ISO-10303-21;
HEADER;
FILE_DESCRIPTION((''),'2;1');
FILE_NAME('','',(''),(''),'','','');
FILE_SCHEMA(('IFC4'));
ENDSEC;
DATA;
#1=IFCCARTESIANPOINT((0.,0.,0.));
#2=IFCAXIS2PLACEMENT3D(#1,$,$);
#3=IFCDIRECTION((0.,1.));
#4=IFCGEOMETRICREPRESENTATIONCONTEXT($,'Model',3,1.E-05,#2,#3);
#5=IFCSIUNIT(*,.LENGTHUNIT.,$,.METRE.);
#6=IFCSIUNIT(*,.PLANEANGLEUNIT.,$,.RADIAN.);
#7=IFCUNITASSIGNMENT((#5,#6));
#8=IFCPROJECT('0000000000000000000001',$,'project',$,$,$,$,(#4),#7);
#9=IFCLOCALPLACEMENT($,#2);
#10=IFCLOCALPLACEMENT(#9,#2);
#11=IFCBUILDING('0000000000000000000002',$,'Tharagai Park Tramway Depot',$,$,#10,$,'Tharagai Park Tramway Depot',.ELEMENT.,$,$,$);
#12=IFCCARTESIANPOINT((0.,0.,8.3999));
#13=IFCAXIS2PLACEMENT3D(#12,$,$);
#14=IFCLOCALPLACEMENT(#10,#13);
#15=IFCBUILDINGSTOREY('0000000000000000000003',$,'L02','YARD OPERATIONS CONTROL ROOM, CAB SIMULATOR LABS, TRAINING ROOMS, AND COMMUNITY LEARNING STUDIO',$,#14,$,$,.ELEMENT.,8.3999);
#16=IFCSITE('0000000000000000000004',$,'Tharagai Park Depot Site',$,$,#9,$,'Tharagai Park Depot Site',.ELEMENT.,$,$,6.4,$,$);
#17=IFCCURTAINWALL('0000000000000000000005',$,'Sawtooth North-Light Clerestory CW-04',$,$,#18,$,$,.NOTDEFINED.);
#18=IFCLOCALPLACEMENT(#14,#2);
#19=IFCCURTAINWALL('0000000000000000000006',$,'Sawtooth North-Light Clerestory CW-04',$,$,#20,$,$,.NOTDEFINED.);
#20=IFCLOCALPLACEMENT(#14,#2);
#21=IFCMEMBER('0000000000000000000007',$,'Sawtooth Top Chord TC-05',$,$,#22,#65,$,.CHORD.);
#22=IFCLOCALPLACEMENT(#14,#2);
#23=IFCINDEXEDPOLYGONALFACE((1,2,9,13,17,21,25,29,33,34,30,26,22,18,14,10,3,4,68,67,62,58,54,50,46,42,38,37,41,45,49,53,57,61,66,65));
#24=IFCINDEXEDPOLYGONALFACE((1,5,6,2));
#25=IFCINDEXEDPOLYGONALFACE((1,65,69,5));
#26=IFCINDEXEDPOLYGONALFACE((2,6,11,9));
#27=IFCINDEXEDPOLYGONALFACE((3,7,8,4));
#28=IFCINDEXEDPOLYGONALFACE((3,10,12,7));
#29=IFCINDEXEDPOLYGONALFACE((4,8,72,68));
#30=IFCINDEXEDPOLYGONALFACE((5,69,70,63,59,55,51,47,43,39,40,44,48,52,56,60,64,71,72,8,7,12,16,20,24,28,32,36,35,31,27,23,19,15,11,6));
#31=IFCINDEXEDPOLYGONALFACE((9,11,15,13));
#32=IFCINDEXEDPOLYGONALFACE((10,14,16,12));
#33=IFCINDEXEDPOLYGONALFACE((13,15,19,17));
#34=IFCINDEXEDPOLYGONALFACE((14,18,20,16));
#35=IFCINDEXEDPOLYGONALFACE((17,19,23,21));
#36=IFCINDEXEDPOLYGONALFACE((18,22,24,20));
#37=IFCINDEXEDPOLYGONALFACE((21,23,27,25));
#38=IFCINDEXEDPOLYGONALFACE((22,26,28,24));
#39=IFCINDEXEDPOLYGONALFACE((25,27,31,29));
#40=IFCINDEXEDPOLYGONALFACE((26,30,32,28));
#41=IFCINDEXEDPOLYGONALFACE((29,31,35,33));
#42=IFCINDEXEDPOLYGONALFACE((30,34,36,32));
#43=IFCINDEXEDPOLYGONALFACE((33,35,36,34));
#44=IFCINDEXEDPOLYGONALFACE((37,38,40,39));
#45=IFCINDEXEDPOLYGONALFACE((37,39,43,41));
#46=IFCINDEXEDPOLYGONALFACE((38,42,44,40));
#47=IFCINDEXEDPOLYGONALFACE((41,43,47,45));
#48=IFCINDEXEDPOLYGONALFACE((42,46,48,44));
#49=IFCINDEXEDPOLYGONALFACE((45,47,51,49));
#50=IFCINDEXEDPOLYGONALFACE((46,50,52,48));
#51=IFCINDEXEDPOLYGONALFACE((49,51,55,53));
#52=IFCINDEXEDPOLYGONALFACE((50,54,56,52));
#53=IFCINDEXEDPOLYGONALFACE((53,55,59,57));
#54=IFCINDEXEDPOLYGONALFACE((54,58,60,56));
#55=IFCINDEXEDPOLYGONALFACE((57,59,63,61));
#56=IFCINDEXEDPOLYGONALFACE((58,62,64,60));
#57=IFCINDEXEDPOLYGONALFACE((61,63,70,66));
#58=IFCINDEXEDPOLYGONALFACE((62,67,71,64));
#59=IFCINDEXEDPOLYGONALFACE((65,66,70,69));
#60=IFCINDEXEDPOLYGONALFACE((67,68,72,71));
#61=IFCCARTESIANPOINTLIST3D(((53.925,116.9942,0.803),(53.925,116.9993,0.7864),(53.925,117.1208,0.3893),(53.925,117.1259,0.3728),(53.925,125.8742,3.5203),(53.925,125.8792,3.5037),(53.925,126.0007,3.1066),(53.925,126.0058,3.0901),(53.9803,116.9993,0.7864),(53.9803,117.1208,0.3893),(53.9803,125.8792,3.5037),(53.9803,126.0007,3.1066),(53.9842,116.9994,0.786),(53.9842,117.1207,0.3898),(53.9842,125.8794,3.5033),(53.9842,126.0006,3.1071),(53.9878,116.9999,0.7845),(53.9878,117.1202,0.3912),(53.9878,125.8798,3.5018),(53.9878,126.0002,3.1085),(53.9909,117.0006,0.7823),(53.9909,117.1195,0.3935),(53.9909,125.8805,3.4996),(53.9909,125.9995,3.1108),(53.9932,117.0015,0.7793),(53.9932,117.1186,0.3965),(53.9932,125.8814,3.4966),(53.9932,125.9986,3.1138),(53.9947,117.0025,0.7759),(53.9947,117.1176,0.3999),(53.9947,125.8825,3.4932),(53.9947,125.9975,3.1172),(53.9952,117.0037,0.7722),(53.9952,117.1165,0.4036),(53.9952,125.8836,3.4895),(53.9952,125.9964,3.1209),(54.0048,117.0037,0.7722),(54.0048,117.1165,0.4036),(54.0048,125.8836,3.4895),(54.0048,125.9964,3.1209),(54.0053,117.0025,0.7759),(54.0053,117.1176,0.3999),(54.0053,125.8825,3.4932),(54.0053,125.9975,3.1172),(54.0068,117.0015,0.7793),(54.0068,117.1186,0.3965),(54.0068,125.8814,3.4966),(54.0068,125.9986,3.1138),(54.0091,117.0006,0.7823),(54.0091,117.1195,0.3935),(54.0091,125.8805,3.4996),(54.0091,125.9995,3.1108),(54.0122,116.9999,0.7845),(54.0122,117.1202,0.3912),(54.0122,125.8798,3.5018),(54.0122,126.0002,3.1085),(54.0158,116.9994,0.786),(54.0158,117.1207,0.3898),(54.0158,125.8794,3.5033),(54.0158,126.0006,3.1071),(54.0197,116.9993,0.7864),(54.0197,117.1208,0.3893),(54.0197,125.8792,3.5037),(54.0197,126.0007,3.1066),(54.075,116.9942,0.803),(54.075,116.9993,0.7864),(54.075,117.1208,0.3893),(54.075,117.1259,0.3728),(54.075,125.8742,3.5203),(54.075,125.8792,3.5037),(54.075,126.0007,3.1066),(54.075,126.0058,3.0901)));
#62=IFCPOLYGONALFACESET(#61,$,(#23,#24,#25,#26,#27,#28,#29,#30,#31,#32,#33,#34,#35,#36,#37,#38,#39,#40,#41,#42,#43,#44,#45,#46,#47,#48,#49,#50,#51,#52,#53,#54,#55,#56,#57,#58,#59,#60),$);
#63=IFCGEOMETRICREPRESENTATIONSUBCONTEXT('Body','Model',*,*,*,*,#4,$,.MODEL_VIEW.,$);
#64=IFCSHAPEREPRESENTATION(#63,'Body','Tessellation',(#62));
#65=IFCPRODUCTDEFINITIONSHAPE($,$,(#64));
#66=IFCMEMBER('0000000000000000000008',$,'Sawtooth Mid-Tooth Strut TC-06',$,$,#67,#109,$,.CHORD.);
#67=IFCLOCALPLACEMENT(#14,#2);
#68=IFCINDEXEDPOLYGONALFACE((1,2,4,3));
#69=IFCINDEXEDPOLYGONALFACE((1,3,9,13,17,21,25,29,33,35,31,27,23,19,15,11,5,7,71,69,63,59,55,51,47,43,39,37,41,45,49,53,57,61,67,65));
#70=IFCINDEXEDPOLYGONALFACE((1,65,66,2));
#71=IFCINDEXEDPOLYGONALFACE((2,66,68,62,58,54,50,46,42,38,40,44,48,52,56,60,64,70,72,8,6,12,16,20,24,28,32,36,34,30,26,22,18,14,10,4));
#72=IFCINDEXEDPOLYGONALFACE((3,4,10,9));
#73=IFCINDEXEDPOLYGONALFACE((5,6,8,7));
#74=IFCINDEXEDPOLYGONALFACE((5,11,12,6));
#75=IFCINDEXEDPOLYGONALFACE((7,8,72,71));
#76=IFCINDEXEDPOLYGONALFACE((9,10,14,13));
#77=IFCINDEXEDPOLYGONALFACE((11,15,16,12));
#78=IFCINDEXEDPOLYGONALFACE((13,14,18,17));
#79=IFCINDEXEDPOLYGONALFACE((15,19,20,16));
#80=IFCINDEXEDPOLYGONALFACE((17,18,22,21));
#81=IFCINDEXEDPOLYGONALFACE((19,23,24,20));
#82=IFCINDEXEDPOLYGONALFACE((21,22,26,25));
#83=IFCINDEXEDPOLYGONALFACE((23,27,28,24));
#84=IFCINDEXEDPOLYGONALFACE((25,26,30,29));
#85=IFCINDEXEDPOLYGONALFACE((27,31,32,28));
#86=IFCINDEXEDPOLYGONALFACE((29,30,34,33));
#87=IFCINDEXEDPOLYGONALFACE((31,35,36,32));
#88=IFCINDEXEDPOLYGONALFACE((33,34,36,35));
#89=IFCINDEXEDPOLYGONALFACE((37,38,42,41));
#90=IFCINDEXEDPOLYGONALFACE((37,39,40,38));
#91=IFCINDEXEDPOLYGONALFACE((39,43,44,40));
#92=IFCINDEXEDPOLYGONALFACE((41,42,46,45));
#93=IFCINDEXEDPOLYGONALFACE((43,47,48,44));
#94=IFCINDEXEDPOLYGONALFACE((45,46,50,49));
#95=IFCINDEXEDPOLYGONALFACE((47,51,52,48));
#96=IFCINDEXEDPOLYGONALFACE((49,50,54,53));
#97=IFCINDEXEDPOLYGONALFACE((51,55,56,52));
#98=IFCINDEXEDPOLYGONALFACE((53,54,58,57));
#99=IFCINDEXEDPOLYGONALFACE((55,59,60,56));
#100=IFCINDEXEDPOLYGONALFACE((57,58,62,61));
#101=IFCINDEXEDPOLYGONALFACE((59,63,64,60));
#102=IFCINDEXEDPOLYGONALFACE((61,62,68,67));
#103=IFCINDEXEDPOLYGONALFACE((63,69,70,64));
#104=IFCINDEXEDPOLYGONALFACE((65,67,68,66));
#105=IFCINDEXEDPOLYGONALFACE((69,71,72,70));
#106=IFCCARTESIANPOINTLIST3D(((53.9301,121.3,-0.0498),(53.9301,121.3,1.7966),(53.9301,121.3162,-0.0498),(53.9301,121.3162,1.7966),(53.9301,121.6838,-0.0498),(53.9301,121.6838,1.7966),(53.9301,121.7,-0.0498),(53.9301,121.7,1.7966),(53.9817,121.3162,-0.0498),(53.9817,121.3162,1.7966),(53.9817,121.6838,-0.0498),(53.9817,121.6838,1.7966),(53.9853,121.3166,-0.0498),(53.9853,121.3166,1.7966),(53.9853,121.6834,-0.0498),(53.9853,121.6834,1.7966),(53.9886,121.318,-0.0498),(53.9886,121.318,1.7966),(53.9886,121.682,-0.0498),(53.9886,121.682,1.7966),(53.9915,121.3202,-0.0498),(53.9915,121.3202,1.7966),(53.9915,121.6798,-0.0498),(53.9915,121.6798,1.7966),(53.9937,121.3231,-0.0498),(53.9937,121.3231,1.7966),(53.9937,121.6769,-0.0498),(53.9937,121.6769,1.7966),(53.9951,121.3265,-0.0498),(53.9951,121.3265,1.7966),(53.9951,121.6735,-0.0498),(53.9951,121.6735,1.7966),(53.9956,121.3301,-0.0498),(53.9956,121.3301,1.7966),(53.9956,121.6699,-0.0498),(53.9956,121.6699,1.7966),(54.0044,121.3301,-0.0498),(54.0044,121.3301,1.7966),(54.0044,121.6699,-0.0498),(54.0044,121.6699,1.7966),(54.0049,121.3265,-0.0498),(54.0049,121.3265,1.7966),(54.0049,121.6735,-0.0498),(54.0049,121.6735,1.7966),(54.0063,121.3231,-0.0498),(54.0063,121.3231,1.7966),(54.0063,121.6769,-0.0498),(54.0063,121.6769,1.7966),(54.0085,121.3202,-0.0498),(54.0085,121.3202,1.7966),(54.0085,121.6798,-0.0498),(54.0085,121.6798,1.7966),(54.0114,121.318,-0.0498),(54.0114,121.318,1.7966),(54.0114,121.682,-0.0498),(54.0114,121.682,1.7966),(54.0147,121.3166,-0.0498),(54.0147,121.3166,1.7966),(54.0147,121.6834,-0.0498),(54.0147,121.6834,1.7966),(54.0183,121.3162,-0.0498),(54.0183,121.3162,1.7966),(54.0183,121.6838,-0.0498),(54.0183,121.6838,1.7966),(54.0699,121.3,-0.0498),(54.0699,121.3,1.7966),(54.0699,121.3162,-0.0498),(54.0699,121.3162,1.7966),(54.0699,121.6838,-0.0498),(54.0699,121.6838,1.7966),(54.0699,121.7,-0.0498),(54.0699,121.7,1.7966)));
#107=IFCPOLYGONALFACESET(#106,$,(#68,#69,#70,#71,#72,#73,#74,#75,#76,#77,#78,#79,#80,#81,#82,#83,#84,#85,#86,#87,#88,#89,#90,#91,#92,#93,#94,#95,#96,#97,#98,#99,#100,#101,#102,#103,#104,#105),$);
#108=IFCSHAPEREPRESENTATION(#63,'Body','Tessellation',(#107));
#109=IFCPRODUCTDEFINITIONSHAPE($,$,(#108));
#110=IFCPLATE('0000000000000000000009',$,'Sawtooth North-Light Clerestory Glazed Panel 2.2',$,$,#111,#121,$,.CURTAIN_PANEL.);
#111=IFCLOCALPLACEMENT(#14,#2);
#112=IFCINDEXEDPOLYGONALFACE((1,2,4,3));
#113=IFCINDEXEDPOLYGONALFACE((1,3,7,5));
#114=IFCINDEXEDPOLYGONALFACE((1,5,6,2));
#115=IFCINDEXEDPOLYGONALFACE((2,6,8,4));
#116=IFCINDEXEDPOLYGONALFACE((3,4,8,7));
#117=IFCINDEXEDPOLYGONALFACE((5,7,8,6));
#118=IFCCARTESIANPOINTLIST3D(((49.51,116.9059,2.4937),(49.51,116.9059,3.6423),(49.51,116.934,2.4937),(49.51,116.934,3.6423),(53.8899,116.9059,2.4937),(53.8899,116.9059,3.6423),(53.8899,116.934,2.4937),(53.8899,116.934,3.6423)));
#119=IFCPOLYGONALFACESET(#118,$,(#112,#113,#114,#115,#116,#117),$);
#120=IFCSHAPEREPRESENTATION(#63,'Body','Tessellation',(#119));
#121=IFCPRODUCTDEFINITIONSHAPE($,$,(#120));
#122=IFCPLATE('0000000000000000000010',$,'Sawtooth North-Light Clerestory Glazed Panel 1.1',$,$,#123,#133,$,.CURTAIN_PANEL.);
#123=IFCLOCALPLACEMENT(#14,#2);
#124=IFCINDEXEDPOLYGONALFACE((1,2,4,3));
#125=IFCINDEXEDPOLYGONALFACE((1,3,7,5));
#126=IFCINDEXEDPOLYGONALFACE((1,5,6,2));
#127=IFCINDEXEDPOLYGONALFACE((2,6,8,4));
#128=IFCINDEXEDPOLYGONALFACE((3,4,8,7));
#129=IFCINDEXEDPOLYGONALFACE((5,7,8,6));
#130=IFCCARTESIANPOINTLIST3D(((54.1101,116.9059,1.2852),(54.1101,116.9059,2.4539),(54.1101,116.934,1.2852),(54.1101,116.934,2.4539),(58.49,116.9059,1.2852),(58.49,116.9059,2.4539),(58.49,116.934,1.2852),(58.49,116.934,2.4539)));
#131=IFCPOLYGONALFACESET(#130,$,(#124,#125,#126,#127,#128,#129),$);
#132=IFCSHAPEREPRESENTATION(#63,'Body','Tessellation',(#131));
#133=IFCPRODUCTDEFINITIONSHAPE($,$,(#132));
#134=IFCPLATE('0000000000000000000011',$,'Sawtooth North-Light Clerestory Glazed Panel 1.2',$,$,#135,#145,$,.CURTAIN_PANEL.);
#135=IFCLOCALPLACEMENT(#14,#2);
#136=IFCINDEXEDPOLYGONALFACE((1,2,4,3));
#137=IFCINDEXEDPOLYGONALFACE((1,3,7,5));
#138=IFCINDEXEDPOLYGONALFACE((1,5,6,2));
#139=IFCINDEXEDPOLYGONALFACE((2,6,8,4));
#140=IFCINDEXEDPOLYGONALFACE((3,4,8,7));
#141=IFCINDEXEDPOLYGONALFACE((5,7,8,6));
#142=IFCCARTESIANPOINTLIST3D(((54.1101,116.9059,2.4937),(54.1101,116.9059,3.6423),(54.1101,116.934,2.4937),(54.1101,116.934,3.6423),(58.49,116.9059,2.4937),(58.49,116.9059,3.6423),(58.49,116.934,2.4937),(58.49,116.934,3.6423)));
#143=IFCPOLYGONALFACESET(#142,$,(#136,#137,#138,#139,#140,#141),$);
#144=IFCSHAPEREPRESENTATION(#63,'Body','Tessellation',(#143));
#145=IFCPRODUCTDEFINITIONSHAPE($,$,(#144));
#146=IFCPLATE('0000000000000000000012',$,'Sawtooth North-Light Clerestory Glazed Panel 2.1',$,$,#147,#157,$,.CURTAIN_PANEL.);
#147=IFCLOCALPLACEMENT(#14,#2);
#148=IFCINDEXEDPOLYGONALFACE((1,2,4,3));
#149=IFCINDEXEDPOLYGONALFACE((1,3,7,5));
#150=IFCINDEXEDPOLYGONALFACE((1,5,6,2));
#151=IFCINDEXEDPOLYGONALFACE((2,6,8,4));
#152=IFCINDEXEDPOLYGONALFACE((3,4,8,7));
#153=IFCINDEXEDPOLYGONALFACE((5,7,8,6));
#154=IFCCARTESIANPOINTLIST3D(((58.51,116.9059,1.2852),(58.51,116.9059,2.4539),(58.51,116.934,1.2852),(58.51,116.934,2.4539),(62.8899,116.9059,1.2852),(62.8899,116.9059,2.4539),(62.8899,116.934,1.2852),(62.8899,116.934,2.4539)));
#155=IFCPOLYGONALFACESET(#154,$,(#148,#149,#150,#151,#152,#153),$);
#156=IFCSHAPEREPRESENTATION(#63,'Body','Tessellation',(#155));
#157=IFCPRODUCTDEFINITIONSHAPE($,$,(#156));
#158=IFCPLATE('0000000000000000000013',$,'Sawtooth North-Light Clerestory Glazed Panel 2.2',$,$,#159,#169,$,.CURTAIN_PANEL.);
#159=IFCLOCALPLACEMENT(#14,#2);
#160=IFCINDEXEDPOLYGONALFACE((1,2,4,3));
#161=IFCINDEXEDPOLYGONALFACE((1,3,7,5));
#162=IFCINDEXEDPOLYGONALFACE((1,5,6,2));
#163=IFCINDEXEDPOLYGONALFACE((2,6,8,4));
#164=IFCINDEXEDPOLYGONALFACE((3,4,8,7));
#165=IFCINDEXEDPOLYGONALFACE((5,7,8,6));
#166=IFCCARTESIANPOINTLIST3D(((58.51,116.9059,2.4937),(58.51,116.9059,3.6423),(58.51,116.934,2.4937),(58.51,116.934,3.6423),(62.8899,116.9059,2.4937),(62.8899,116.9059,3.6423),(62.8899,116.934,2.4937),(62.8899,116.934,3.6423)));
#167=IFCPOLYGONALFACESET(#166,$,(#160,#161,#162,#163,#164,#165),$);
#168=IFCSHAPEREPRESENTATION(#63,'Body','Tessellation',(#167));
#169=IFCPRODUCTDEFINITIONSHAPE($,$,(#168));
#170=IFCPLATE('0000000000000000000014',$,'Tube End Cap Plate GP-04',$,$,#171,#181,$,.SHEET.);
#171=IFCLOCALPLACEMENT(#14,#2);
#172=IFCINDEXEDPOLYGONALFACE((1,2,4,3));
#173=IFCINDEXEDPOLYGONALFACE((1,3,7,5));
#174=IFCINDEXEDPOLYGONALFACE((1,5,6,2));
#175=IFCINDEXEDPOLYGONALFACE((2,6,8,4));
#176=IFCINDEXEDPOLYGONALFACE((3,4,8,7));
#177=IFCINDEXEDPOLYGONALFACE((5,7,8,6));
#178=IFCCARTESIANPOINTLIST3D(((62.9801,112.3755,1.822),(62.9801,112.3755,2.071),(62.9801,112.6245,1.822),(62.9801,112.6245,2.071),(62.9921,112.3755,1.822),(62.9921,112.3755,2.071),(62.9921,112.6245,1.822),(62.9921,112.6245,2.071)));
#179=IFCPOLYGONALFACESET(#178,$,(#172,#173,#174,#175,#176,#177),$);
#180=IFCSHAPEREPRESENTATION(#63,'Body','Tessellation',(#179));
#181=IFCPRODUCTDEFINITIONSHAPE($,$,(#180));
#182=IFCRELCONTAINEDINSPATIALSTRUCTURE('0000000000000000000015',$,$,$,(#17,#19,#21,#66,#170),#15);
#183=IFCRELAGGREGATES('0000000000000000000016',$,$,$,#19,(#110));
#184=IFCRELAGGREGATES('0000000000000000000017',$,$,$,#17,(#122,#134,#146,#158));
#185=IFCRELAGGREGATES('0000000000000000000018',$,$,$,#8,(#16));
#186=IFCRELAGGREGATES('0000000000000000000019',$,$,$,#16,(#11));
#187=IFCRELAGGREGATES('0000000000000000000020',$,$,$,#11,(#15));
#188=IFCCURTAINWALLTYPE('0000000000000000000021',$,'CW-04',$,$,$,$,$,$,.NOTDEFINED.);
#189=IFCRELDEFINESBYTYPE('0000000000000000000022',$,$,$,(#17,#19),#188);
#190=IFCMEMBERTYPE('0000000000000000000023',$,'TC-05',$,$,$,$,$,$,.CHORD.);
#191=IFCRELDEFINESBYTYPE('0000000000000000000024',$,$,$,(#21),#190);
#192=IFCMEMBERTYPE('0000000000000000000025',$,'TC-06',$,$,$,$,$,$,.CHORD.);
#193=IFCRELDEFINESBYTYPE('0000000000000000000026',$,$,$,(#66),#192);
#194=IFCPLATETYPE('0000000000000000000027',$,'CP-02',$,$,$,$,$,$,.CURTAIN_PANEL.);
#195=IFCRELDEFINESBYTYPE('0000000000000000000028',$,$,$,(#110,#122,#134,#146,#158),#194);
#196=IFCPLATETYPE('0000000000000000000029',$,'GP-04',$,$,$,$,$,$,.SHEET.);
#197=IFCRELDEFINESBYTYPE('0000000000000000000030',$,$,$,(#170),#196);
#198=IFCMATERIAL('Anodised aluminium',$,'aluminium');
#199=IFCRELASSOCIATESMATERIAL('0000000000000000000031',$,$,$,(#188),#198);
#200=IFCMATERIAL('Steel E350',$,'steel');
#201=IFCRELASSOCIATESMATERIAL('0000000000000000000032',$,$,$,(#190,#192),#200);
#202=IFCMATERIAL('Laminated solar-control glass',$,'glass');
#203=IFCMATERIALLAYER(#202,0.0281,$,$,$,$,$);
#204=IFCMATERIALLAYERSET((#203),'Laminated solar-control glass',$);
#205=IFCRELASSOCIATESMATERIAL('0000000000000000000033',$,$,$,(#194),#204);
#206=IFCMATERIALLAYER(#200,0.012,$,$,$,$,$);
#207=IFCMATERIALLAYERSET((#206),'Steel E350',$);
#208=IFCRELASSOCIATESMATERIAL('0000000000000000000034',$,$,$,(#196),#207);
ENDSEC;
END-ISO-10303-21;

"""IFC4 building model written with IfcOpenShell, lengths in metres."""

from ifc_helpers import new_model, si_unit, direction, frame, origin, origin_2d, place, context, subcontext, project, spatial, rectangle, i_section, extrude, material, layer, layer_set, material_profile, profile_set, type_object, element, aggregate, save


model = new_model("IFC4")

# Units and contexts
model_context = context("Model", 3, precision=1e-05, world=origin(), true_north=direction((0.0, 1.0)))
body_context = subcontext(model_context, "Body", "Model", "MODEL_VIEW")
ifc_project = project(units=[si_unit("LENGTHUNIT", "METRE"), si_unit("PLANEANGLEUNIT", "RADIAN")], contexts=[model_context])

# Site, building, storey
site_placement = place(None, origin())
site = spatial("IfcSite", under=ifc_project, at=site_placement, Name="Tharagai Park Depot Site", LongName="Tharagai Park Depot Site", CompositionType="ELEMENT", RefElevation=6.4)
building_placement = place(site_placement, origin())
building = spatial("IfcBuilding", under=site, at=building_placement, Name="Tharagai Park Tramway Depot", LongName="Tharagai Park Tramway Depot", CompositionType="ELEMENT")
storey_placement = place(building_placement, frame((0.0, 0.0, 8.3999)))
storey = spatial("IfcBuildingStorey", under=building, at=storey_placement, Name="L02", Description="YARD OPERATIONS CONTROL ROOM, CAB SIMULATOR LABS, TRAINING ROOMS, AND COMMUNITY LEARNING STUDIO", CompositionType="ELEMENT", Elevation=8.3999)

# Shared definitions
ifc_material_1 = material(Name="Steel E350", Category="steel")

# Curtain wall
ifc_material_2 = material(Name="Anodised aluminium", Category="aluminium")
curtain_wall_type = type_object("IfcCurtainWallType", Name="CW-04", PredefinedType="NOTDEFINED", material=ifc_material_2)
curtain_wall_1_placement = place(storey_placement, origin())
curtain_wall_1 = element("IfcCurtainWall", 1, at=curtain_wall_1_placement, inside=storey, type_object=curtain_wall_type, Name="Sawtooth North-Light Clerestory CW-04", PredefinedType="NOTDEFINED")

# Curtain wall
curtain_wall_2_placement = place(storey_placement, origin())
curtain_wall_2 = element("IfcCurtainWall", 2, at=curtain_wall_2_placement, inside=storey, type_object=curtain_wall_type, Name="Sawtooth North-Light Clerestory CW-04", PredefinedType="NOTDEFINED")

# Members
ifc_material_profile_1 = material_profile(ifc_material_1, i_section(OverallWidth=0.1499, OverallDepth=0.45, WebThickness=0.0095, FlangeThickness=0.0173, FilletRadius=0.0149, at=origin_2d()), Name="ISMB 450")
ifc_profile_set_1 = profile_set([ifc_material_profile_1], Name="Steel E350")
member_type_1 = type_object("IfcMemberType", Name="TC-05", PredefinedType="CHORD", material=ifc_profile_set_1)
member_1_placement = place(storey_placement, frame((54.0, 117.0601, 0.5879), z_axis=(0.0, 0.956231, 0.292611), x_axis=(-1.0, 0.0, 0.0)))
element("IfcMember", 3, at=member_1_placement, inside=storey, type_object=member_type_1, Name="Sawtooth Top Chord TC-05", PredefinedType="CHORD", context=body_context, shape_type="SweptSolid", body=[
    extrude(i_section(OverallWidth=0.1499, OverallDepth=0.45, WebThickness=0.0095, FlangeThickness=0.0173, FilletRadius=0.0149, at=origin_2d()), origin(), (0.0, 0.0, 1.0), 9.2864),
])
ifc_material_profile_2 = material_profile(ifc_material_1, i_section(OverallWidth=0.1399, OverallDepth=0.3999, WebThickness=0.0088, FlangeThickness=0.0161, FilletRadius=0.0139, at=origin_2d()), Name="ISMB 400")
ifc_profile_set_2 = profile_set([ifc_material_profile_2], Name="Steel E350")
member_type_2 = type_object("IfcMemberType", Name="TC-06", PredefinedType="CHORD", material=ifc_profile_set_2)
member_2_placement = place(storey_placement, frame((54.0, 121.5, -0.0498), z_axis=(0.0, 0.0, 1.0), x_axis=(1.0, 0.0, 0.0)))
element("IfcMember", 4, at=member_2_placement, inside=storey, type_object=member_type_2, Name="Sawtooth Mid-Tooth Strut TC-06", PredefinedType="CHORD", context=body_context, shape_type="SweptSolid", body=[
    extrude(i_section(OverallWidth=0.1399, OverallDepth=0.3999, WebThickness=0.0088, FlangeThickness=0.0161, FilletRadius=0.0139, at=origin_2d()), origin(), (0.0, 0.0, 1.0), 1.8464),
])

# Plates
ifc_material_3 = material(Name="Laminated solar-control glass", Category="glass")
ifc_layer_1 = layer(ifc_material_3, 0.0281)
ifc_layer_set_1 = layer_set([ifc_layer_1], Name="Laminated solar-control glass")
plate_type_1 = type_object("IfcPlateType", Name="CP-02", PredefinedType="CURTAIN_PANEL", material=ifc_layer_set_1)
plate_1_placement = place(storey_placement, frame((51.7, 116.9199, 2.4937), z_axis=(0.0, 0.0, 1.0), x_axis=(1.0, 0.0, 0.0)))
plate_1 = element("IfcPlate", 5, at=plate_1_placement, type_object=plate_type_1, Name="Sawtooth North-Light Clerestory Glazed Panel 2.2", PredefinedType="CURTAIN_PANEL", context=body_context, shape_type="SweptSolid", body=[
    extrude(rectangle(XDim=4.3799, YDim=0.0281, at=origin_2d()), origin(), (0.0, 0.0, 1.0), 1.1487),
])
aggregate(curtain_wall_2, [plate_1])
plate_2_placement = place(storey_placement, frame((56.3, 116.9199, 1.2852), z_axis=(0.0, 0.0, 1.0), x_axis=(1.0, 0.0, 0.0)))
plate_2 = element("IfcPlate", 6, at=plate_2_placement, type_object=plate_type_1, Name="Sawtooth North-Light Clerestory Glazed Panel 1.1", PredefinedType="CURTAIN_PANEL", context=body_context, shape_type="SweptSolid", body=[
    extrude(rectangle(XDim=4.3799, YDim=0.0281, at=origin_2d()), origin(), (0.0, 0.0, 1.0), 1.1687),
])
plate_3_placement = place(storey_placement, frame((56.3, 116.9199, 2.4937), z_axis=(0.0, 0.0, 1.0), x_axis=(1.0, 0.0, 0.0)))
plate_3 = element("IfcPlate", 7, at=plate_3_placement, type_object=plate_type_1, Name="Sawtooth North-Light Clerestory Glazed Panel 1.2", PredefinedType="CURTAIN_PANEL", context=body_context, shape_type="SweptSolid", body=[
    extrude(rectangle(XDim=4.3799, YDim=0.0281, at=origin_2d()), origin(), (0.0, 0.0, 1.0), 1.1487),
])
plate_4_placement = place(storey_placement, frame((60.7, 116.9199, 1.2852), z_axis=(0.0, 0.0, 1.0), x_axis=(1.0, 0.0, 0.0)))
plate_4 = element("IfcPlate", 8, at=plate_4_placement, type_object=plate_type_1, Name="Sawtooth North-Light Clerestory Glazed Panel 2.1", PredefinedType="CURTAIN_PANEL", context=body_context, shape_type="SweptSolid", body=[
    extrude(rectangle(XDim=4.3799, YDim=0.0281, at=origin_2d()), origin(), (0.0, 0.0, 1.0), 1.1687),
])
plate_5_placement = place(storey_placement, frame((60.7, 116.9199, 2.4937), z_axis=(0.0, 0.0, 1.0), x_axis=(1.0, 0.0, 0.0)))
plate_5 = element("IfcPlate", 9, at=plate_5_placement, type_object=plate_type_1, Name="Sawtooth North-Light Clerestory Glazed Panel 2.2", PredefinedType="CURTAIN_PANEL", context=body_context, shape_type="SweptSolid", body=[
    extrude(rectangle(XDim=4.3799, YDim=0.0281, at=origin_2d()), origin(), (0.0, 0.0, 1.0), 1.1487),
])
aggregate(curtain_wall_1, [plate_2, plate_3, plate_4, plate_5])
ifc_layer_2 = layer(ifc_material_1, 0.012)
ifc_layer_set_2 = layer_set([ifc_layer_2], Name="Steel E350")
plate_type_2 = type_object("IfcPlateType", Name="GP-04", PredefinedType="SHEET", material=ifc_layer_set_2)
plate_6_placement = place(storey_placement, frame((62.9861, 112.5, 1.822), z_axis=(0.0, 0.0, 1.0), x_axis=(1.0, 0.0, 0.0)))
element("IfcPlate", 10, at=plate_6_placement, inside=storey, type_object=plate_type_2, Name="Tube End Cap Plate GP-04", PredefinedType="SHEET", context=body_context, shape_type="SweptSolid", body=[
    extrude(rectangle(XDim=0.012, YDim=0.249, at=origin_2d()), origin(), (0.0, 0.0, 1.0), 0.249),
])

save(model, "model.ifc")
